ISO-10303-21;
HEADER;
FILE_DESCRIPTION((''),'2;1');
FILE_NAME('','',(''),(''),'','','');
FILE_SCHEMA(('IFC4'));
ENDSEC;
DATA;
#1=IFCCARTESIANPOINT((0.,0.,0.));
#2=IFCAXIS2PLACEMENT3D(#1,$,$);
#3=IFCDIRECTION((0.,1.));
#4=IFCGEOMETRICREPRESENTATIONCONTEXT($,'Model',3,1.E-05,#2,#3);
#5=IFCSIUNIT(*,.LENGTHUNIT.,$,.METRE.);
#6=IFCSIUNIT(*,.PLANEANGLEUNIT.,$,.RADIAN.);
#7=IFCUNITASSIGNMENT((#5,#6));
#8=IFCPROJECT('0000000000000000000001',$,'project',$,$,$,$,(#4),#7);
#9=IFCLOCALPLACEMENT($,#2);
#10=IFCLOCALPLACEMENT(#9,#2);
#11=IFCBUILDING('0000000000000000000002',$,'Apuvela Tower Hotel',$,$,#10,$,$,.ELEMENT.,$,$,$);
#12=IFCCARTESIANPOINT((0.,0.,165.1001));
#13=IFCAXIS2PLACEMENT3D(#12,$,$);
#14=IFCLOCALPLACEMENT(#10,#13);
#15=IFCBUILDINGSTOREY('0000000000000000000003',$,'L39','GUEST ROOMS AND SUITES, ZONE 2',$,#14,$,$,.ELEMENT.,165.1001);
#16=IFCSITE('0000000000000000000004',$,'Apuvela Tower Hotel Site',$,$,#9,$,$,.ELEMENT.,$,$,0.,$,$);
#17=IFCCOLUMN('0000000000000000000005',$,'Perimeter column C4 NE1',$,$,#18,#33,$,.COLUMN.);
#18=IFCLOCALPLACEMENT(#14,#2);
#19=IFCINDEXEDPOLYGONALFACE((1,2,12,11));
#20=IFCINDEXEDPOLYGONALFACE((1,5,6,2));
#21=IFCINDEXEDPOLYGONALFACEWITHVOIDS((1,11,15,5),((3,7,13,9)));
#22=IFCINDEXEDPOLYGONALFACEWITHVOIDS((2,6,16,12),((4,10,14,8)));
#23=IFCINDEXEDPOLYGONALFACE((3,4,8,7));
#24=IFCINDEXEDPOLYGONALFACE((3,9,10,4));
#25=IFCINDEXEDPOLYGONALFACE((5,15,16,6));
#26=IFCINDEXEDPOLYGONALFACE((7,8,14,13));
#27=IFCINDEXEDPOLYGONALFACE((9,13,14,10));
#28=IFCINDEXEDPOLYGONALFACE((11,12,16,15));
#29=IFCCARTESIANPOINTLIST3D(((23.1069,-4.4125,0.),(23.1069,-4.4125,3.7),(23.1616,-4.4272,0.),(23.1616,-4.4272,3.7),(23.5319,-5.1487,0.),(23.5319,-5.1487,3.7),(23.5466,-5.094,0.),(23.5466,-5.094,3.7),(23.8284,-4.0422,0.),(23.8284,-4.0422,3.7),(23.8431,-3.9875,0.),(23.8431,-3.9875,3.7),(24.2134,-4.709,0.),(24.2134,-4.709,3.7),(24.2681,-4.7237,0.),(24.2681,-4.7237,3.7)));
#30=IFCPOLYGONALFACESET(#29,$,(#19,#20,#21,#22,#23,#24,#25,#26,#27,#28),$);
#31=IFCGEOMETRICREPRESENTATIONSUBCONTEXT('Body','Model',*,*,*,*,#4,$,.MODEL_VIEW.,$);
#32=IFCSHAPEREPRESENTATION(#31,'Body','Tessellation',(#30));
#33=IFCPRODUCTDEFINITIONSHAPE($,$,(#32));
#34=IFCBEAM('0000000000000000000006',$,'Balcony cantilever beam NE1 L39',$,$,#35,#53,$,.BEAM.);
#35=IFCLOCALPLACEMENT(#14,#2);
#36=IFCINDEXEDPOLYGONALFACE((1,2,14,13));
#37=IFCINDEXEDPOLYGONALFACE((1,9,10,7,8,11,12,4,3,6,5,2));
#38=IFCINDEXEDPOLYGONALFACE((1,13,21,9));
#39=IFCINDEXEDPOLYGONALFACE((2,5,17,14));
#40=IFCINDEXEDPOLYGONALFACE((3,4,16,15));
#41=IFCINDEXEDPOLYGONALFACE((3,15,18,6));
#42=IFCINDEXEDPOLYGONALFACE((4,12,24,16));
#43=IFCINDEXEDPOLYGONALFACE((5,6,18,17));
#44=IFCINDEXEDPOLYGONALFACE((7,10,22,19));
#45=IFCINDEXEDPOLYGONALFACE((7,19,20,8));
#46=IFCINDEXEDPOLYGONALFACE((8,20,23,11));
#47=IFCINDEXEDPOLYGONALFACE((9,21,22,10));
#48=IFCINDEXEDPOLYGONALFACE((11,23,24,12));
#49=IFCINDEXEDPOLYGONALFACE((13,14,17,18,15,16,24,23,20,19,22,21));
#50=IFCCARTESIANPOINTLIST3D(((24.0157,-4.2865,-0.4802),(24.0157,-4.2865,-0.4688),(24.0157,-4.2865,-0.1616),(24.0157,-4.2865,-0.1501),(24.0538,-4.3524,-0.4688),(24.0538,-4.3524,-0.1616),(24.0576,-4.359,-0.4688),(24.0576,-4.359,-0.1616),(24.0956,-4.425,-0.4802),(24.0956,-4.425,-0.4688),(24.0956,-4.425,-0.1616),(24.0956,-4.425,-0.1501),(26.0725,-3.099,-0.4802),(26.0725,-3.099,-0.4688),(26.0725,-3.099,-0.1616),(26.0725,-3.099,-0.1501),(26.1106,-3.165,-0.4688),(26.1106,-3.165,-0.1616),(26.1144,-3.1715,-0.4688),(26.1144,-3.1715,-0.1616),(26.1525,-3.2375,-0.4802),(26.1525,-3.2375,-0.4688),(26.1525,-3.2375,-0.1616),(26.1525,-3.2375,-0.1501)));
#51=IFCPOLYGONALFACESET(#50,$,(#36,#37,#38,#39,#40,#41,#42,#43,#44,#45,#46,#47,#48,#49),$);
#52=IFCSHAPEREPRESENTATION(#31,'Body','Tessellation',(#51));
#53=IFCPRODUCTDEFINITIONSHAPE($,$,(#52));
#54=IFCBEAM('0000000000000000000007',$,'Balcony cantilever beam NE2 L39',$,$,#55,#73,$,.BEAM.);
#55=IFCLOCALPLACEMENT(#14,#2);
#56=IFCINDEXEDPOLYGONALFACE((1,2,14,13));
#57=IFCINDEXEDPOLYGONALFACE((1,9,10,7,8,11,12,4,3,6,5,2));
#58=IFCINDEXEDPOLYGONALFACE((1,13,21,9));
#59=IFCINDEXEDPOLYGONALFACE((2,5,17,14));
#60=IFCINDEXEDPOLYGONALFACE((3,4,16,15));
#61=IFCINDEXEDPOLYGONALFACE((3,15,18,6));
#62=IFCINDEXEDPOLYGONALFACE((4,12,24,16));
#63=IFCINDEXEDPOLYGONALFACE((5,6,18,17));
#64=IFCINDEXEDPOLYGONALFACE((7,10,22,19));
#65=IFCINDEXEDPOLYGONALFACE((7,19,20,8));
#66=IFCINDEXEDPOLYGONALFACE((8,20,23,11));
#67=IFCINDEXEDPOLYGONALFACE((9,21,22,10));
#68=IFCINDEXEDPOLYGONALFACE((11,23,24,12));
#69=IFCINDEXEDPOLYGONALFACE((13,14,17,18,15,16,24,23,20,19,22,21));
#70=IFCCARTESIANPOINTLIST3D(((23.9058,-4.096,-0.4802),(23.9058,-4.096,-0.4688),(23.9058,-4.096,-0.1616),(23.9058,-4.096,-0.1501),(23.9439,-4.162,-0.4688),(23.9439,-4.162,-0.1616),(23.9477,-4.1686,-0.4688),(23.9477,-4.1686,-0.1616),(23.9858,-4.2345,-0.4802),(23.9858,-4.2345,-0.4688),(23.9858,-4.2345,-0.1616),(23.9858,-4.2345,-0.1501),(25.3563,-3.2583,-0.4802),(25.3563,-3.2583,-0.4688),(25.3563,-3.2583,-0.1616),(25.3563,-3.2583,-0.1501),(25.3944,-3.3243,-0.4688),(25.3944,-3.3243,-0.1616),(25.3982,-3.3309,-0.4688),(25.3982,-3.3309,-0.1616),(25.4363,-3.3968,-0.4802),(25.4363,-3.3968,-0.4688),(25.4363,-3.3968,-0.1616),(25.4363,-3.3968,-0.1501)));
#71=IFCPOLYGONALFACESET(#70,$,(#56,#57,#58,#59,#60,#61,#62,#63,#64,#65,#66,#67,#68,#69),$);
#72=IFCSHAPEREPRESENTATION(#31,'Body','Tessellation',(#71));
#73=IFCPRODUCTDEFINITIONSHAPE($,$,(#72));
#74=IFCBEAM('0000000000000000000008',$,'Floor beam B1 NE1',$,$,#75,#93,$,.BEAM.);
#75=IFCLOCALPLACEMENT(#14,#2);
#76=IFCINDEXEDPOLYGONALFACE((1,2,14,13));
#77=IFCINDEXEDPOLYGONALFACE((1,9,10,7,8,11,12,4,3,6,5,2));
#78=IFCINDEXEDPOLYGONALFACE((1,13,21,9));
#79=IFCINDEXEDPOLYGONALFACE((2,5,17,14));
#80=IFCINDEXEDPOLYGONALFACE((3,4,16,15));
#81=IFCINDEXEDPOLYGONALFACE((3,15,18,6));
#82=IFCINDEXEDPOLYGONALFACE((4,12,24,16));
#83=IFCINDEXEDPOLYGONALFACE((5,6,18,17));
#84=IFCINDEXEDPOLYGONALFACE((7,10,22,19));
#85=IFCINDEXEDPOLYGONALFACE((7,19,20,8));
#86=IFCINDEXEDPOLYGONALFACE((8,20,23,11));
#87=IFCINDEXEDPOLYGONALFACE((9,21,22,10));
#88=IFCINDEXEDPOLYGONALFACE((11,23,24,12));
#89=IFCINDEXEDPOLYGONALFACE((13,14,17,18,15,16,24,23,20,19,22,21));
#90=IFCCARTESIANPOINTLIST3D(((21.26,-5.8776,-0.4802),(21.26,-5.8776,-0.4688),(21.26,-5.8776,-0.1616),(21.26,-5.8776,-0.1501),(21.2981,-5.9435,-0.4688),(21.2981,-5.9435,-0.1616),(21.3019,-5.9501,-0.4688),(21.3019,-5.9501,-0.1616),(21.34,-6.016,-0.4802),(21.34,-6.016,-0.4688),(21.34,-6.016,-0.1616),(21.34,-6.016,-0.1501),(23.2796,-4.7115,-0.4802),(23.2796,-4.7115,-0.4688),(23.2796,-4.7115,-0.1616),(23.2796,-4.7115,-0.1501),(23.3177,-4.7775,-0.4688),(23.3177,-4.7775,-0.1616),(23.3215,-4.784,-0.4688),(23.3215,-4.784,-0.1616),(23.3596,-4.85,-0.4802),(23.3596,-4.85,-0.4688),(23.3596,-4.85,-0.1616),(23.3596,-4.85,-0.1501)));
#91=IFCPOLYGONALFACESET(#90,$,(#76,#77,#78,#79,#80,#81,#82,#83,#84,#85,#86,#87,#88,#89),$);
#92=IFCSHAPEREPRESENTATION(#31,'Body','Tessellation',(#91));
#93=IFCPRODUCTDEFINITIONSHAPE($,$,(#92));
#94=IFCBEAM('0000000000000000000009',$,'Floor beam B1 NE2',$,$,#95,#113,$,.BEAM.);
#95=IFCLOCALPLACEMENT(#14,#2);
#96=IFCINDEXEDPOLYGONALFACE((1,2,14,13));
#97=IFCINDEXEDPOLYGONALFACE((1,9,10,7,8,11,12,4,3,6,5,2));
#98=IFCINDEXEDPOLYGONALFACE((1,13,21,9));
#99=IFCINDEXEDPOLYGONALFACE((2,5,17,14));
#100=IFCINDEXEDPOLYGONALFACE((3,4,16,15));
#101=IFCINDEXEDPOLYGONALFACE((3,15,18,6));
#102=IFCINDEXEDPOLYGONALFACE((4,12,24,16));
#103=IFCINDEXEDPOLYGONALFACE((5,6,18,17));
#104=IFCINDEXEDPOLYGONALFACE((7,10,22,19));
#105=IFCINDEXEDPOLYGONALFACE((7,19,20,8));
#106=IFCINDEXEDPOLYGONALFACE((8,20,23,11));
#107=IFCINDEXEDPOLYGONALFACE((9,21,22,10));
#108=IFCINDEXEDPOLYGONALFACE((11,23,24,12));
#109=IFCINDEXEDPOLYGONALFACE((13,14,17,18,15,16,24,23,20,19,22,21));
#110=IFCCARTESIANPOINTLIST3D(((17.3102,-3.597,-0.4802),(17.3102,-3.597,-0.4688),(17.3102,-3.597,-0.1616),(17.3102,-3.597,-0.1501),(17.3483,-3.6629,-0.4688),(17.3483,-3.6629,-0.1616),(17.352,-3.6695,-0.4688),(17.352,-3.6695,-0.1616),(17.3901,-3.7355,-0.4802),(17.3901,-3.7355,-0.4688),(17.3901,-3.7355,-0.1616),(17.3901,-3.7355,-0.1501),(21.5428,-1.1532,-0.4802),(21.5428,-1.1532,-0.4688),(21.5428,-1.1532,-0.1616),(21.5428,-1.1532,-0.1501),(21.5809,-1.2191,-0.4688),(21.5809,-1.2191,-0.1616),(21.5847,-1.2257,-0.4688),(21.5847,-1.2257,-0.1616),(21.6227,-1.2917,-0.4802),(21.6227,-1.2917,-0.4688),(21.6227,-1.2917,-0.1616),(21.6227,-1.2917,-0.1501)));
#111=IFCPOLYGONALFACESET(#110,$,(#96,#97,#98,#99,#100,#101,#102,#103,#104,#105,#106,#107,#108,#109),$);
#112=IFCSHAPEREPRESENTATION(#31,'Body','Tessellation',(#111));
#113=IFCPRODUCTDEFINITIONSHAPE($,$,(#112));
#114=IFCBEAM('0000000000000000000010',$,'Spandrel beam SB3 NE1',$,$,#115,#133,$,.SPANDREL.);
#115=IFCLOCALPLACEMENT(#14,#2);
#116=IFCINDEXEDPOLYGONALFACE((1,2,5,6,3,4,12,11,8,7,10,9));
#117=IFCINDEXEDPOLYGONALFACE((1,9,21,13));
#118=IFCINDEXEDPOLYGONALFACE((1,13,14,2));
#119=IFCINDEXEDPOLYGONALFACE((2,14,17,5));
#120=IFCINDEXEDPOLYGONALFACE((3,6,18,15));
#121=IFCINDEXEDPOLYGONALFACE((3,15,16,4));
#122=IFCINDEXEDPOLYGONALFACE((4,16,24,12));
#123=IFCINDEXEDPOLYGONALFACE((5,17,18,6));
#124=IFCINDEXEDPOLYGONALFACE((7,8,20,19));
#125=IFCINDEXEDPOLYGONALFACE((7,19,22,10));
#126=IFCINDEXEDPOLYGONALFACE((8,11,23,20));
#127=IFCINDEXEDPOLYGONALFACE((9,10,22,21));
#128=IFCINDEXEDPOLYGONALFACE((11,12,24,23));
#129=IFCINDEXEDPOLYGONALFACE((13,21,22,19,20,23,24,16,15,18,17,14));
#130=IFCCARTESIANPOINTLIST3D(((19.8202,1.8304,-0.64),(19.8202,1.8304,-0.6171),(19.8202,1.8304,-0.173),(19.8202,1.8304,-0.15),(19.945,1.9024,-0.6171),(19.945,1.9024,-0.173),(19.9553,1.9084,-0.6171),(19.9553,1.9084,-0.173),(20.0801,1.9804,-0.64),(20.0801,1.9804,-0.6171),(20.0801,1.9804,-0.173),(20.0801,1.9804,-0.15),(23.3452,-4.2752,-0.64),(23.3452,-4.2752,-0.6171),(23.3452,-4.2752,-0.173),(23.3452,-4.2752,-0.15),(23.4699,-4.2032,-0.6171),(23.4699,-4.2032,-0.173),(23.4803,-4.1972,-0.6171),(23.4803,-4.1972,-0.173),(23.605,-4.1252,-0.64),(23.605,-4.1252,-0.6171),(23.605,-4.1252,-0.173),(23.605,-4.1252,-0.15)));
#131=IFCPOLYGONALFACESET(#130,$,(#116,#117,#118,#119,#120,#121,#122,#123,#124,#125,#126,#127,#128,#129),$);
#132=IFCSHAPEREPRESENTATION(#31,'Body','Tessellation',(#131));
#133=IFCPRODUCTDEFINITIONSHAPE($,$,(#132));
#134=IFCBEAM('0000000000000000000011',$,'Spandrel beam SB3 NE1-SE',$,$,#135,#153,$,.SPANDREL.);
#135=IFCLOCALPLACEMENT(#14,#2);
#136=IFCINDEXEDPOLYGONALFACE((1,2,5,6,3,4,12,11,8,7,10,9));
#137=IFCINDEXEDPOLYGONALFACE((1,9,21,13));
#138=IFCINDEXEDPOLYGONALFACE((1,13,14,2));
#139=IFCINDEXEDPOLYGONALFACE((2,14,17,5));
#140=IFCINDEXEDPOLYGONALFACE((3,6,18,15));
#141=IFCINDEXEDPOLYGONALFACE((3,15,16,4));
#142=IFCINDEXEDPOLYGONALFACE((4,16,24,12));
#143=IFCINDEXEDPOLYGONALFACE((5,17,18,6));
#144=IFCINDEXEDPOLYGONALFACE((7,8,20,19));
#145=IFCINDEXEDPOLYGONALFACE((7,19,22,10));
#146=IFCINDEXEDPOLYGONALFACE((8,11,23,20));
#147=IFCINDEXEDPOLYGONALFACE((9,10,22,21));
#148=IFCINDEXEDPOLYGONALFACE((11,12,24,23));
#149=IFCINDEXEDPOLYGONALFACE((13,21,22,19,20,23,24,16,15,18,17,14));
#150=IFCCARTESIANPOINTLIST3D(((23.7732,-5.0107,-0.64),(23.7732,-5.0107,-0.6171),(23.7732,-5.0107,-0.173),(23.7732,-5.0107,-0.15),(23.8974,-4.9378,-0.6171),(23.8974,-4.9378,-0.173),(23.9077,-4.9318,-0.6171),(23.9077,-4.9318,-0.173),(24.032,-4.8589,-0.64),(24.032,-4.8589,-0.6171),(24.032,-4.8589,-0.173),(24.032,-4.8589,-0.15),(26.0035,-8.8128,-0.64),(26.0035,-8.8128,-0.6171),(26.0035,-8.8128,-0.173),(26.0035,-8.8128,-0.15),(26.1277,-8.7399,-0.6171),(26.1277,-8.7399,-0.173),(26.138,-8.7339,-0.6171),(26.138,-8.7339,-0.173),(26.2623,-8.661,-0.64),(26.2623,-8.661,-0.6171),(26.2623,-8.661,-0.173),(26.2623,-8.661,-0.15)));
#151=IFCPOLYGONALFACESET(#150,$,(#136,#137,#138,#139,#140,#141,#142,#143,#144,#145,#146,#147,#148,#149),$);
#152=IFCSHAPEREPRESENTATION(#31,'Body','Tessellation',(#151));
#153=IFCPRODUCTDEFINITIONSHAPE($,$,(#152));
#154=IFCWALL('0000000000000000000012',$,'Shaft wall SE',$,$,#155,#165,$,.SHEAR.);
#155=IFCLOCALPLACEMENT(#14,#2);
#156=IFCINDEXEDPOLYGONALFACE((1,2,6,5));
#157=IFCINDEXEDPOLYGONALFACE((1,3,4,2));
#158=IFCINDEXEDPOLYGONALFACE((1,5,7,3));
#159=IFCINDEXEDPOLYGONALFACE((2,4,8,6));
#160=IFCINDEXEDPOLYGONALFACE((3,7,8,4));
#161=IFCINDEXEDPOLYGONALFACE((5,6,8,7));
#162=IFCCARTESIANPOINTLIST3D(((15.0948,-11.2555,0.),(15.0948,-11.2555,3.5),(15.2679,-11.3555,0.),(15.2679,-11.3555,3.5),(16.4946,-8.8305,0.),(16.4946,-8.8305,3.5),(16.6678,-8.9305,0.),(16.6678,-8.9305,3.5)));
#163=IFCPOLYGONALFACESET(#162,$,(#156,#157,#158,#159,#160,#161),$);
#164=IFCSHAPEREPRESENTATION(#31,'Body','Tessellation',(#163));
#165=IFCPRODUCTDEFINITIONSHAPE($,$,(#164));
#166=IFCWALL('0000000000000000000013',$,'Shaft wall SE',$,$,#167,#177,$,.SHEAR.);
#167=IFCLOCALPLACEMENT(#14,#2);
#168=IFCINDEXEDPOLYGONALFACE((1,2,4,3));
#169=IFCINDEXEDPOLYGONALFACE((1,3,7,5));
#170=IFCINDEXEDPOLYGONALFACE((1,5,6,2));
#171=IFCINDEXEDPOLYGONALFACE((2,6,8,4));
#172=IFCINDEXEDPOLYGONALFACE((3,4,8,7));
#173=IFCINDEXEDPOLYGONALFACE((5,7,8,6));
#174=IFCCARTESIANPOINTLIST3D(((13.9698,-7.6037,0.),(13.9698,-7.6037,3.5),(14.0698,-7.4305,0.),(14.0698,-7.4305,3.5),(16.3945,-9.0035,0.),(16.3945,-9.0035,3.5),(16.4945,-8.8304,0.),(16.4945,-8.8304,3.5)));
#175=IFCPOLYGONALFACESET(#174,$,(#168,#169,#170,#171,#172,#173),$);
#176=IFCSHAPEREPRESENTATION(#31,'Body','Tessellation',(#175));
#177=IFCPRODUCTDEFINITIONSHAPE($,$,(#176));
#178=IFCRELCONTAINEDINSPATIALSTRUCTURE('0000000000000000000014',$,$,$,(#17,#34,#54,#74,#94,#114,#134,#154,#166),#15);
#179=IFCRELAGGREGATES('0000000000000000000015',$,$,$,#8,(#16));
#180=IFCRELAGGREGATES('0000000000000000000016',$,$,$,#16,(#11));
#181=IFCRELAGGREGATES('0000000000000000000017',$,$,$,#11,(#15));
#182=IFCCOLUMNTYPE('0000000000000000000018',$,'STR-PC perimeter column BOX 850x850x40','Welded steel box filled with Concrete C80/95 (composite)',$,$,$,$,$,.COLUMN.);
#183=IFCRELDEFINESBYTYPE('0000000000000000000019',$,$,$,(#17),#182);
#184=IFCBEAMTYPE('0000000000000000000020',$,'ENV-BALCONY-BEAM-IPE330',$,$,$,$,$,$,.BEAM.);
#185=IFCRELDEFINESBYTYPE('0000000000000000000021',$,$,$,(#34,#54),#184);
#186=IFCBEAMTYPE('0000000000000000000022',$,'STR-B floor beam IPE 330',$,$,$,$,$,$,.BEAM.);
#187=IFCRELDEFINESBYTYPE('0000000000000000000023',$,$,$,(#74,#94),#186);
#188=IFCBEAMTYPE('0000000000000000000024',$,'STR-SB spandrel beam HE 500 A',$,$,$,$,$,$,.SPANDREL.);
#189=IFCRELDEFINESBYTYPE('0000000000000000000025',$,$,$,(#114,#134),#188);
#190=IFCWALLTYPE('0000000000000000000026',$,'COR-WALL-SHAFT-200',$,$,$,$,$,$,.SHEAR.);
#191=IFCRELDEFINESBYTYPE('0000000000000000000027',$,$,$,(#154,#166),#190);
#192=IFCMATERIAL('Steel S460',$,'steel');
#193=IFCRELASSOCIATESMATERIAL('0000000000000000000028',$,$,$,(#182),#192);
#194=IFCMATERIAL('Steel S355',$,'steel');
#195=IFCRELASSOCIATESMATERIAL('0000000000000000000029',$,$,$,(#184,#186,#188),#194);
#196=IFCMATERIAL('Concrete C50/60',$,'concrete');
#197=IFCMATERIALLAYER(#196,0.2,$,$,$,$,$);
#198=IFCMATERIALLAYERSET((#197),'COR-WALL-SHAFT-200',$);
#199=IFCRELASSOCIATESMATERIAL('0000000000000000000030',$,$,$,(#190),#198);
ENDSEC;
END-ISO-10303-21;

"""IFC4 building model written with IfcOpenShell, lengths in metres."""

from ifc_helpers import new_model, si_unit, direction, frame, frame_2d, origin, origin_2d, place, context, subcontext, project, spatial, rectangle, hollow_rectangle, i_section, extrude, material, layer, layer_set, material_profile, profile_set, type_object, element, save


model = new_model("IFC4")

# Units and contexts
model_context = context("Model", 3, precision=1e-05, world=origin(), true_north=direction((0.0, 1.0)))
body_context = subcontext(model_context, "Body", "Model", "MODEL_VIEW")
ifc_project = project(units=[si_unit("LENGTHUNIT", "METRE"), si_unit("PLANEANGLEUNIT", "RADIAN")], contexts=[model_context])

# Site, building, storey
site_placement = place(None, origin())
site = spatial("IfcSite", under=ifc_project, at=site_placement, Name="Apuvela Tower Hotel Site", CompositionType="ELEMENT", RefElevation=0.0)
building_placement = place(site_placement, origin())
building = spatial("IfcBuilding", under=site, at=building_placement, Name="Apuvela Tower Hotel", CompositionType="ELEMENT")
storey_placement = place(building_placement, frame((0.0, 0.0, 165.1001)))
storey = spatial("IfcBuildingStorey", under=building, at=storey_placement, Name="L39", Description="GUEST ROOMS AND SUITES, ZONE 2", CompositionType="ELEMENT", Elevation=165.1001)

# Column
ifc_material_1 = material(Name="Steel S460", Category="steel")
ifc_material_profile_1 = material_profile(ifc_material_1, hollow_rectangle(XDim=0.8501, YDim=0.8501, WallThickness=0.04, at=origin_2d()), Name="BOX 850x850x40")
ifc_material_2 = material(Name="Concrete C80/95", Category="concrete")
ifc_material_profile_2 = material_profile(ifc_material_2, rectangle(XDim=0.77, YDim=0.77, at=origin_2d()), Name="Concrete C80/95 infill")
ifc_profile_set_1 = profile_set([ifc_material_profile_1, ifc_material_profile_2], Name="Steel S460")
column_type = type_object("IfcColumnType", Name="STR-PC perimeter column BOX 850x850x40", Description="Welded steel box filled with Concrete C80/95 (composite)", PredefinedType="COLUMN", material=ifc_profile_set_1)
column_placement = place(storey_placement, frame((23.6875, -4.5681, 0.0), z_axis=(0.0, 0.0, 1.0), x_axis=(-0.5, 0.866025, 0.0)))
element("IfcColumn", 1, at=column_placement, inside=storey, type_object=column_type, Name="Perimeter column C4 NE1", PredefinedType="COLUMN", context=body_context, shape_type="SweptSolid", body=[
    extrude(hollow_rectangle(XDim=0.8501, YDim=0.8501, WallThickness=0.04, at=origin_2d()), origin(), (0.0, 0.0, 1.0), 3.7),
])

# Beams
ifc_material_3 = material(Name="Steel S355", Category="steel")
ifc_material_profile_3 = material_profile(ifc_material_3, i_section(OverallWidth=0.1599, OverallDepth=0.3301, WebThickness=0.0076, FlangeThickness=0.0115, at=origin_2d()), Name="IPE 330")
ifc_profile_set_2 = profile_set([ifc_material_profile_3], Name="Steel S355")
beam_type_1 = type_object("IfcBeamType", Name="ENV-BALCONY-BEAM-IPE330", PredefinedType="BEAM", material=ifc_profile_set_2)
beam_1_placement = place(storey_placement, frame((24.0557, -4.3557, -0.3152), z_axis=(0.866033, 0.499986, 0.0), x_axis=(-0.499986, 0.866033, 0.0)))
element("IfcBeam", 2, at=beam_1_placement, inside=storey, type_object=beam_type_1, Name="Balcony cantilever beam NE1 L39", PredefinedType="BEAM", context=body_context, shape_type="SweptSolid", body=[
    extrude(i_section(OverallWidth=0.1599, OverallDepth=0.3301, WebThickness=0.0076, FlangeThickness=0.0115, at=origin_2d()), origin(), (0.0, 0.0, 1.0), 2.375),
])
beam_2_placement = place(storey_placement, frame((23.9458, -4.1653, -0.3152), z_axis=(0.865965, 0.500105, 0.0), x_axis=(-0.500105, 0.865965, 0.0)))
element("IfcBeam", 3, at=beam_2_placement, inside=storey, type_object=beam_type_1, Name="Balcony cantilever beam NE2 L39", PredefinedType="BEAM", context=body_context, shape_type="SweptSolid", body=[
    extrude(i_section(OverallWidth=0.1599, OverallDepth=0.3301, WebThickness=0.0076, FlangeThickness=0.0115, at=origin_2d()), origin(), (0.0, 0.0, 1.0), 1.675),
])
ifc_material_profile_4 = material_profile(ifc_material_3, i_section(OverallWidth=0.1599, OverallDepth=0.3301, WebThickness=0.0076, FlangeThickness=0.0115, at=origin_2d()), Name="IPE 330")
ifc_profile_set_3 = profile_set([ifc_material_profile_4], Name="Steel S355")
beam_type_2 = type_object("IfcBeamType", Name="STR-B floor beam IPE 330", PredefinedType="BEAM", material=ifc_profile_set_3)
beam_3_placement = place(storey_placement, frame((23.3196, -4.7808, -0.3152), z_axis=(-0.866018, -0.500012, 0.0), x_axis=(0.500012, -0.866018, 0.0)))
element("IfcBeam", 4, at=beam_3_placement, inside=storey, type_object=beam_type_2, Name="Floor beam B1 NE1", PredefinedType="BEAM", context=body_context, shape_type="SweptSolid", body=[
    extrude(i_section(OverallWidth=0.1599, OverallDepth=0.3301, WebThickness=0.0076, FlangeThickness=0.0115, at=origin_2d()), origin(), (0.0, 0.0, 1.0), 2.332),
])
beam_4_placement = place(storey_placement, frame((21.5828, -1.2224, -0.3152), z_axis=(-0.866015, -0.500018, 0.0), x_axis=(0.500018, -0.866015, 0.0)))
element("IfcBeam", 5, at=beam_4_placement, inside=storey, type_object=beam_type_2, Name="Floor beam B1 NE2", PredefinedType="BEAM", context=body_context, shape_type="SweptSolid", body=[
    extrude(i_section(OverallWidth=0.1599, OverallDepth=0.3301, WebThickness=0.0076, FlangeThickness=0.0115, at=origin_2d()), origin(), (0.0, 0.0, 1.0), 4.8875),
])
ifc_material_profile_5 = material_profile(ifc_material_3, i_section(OverallWidth=0.3, OverallDepth=0.49, WebThickness=0.012, FlangeThickness=0.0229, at=origin_2d()), Name="HE 500 A")
ifc_profile_set_4 = profile_set([ifc_material_profile_5], Name="Steel S355")
beam_type_3 = type_object("IfcBeamType", Name="STR-SB spandrel beam HE 500 A", PredefinedType="SPANDREL", material=ifc_profile_set_4)
beam_5_placement = place(storey_placement, frame((23.4751, -4.2002, -0.395), z_axis=(-0.49999, 0.866031, 0.0), x_axis=(-0.866031, -0.49999, 0.0)))
element("IfcBeam", 6, at=beam_5_placement, inside=storey, type_object=beam_type_3, Name="Spandrel beam SB3 NE1", PredefinedType="SPANDREL", context=body_context, shape_type="SweptSolid", body=[
    extrude(i_section(OverallWidth=0.3, OverallDepth=0.49, WebThickness=0.012, FlangeThickness=0.0229, at=origin_2d()), origin(), (0.0, 0.0, 1.0), 7.05),
])
beam_6_placement = place(storey_placement, frame((23.9026, -4.9348, -0.395), z_axis=(0.505967, -0.862553, 0.0), x_axis=(0.862553, 0.505967, 0.0)))
element("IfcBeam", 7, at=beam_6_placement, inside=storey, type_object=beam_type_3, Name="Spandrel beam SB3 NE1-SE", PredefinedType="SPANDREL", context=body_context, shape_type="SweptSolid", body=[
    extrude(i_section(OverallWidth=0.3, OverallDepth=0.49, WebThickness=0.012, FlangeThickness=0.0229, at=origin_2d()), origin(), (0.0, 0.0, 1.0), 4.408),
])

# Walls
ifc_material_4 = material(Name="Concrete C50/60", Category="concrete")
ifc_layer_1 = layer(ifc_material_4, 0.2)
ifc_layer_set_1 = layer_set([ifc_layer_1], Name="COR-WALL-SHAFT-200")
wall_type_1 = type_object("IfcWallType", Name="COR-WALL-SHAFT-200", PredefinedType="SHEAR", material=ifc_layer_set_1)
wall_1_placement = place(storey_placement, frame((15.1814, -11.3054, 0.0), z_axis=(0.0, 0.0, 1.0), x_axis=(0.499946, 0.866056, 0.0)))
element("IfcWall", 8, at=wall_1_placement, inside=storey, type_object=wall_type_1, Name="Shaft wall SE", PredefinedType="SHEAR", context=body_context, shape_type="SweptSolid", body=[
    extrude(rectangle(XDim=2.8, YDim=0.2, at=frame_2d((1.3999, 0.0))), origin(), (0.0, 0.0, 1.0), 3.5),
])
wall_2_placement = place(storey_placement, frame((14.0198, -7.5171, 0.0), z_axis=(0.0, 0.0, 1.0), x_axis=(0.866035, -0.499984, 0.0)))
element("IfcWall", 9, at=wall_2_placement, inside=storey, type_object=wall_type_1, Name="Shaft wall SE", PredefinedType="SHEAR", context=body_context, shape_type="SweptSolid", body=[
    extrude(rectangle(XDim=2.7998, YDim=0.2, at=frame_2d((1.3999, 0.0))), origin(), (0.0, 0.0, 1.0), 3.5),
])

save(model, "model.ifc")
